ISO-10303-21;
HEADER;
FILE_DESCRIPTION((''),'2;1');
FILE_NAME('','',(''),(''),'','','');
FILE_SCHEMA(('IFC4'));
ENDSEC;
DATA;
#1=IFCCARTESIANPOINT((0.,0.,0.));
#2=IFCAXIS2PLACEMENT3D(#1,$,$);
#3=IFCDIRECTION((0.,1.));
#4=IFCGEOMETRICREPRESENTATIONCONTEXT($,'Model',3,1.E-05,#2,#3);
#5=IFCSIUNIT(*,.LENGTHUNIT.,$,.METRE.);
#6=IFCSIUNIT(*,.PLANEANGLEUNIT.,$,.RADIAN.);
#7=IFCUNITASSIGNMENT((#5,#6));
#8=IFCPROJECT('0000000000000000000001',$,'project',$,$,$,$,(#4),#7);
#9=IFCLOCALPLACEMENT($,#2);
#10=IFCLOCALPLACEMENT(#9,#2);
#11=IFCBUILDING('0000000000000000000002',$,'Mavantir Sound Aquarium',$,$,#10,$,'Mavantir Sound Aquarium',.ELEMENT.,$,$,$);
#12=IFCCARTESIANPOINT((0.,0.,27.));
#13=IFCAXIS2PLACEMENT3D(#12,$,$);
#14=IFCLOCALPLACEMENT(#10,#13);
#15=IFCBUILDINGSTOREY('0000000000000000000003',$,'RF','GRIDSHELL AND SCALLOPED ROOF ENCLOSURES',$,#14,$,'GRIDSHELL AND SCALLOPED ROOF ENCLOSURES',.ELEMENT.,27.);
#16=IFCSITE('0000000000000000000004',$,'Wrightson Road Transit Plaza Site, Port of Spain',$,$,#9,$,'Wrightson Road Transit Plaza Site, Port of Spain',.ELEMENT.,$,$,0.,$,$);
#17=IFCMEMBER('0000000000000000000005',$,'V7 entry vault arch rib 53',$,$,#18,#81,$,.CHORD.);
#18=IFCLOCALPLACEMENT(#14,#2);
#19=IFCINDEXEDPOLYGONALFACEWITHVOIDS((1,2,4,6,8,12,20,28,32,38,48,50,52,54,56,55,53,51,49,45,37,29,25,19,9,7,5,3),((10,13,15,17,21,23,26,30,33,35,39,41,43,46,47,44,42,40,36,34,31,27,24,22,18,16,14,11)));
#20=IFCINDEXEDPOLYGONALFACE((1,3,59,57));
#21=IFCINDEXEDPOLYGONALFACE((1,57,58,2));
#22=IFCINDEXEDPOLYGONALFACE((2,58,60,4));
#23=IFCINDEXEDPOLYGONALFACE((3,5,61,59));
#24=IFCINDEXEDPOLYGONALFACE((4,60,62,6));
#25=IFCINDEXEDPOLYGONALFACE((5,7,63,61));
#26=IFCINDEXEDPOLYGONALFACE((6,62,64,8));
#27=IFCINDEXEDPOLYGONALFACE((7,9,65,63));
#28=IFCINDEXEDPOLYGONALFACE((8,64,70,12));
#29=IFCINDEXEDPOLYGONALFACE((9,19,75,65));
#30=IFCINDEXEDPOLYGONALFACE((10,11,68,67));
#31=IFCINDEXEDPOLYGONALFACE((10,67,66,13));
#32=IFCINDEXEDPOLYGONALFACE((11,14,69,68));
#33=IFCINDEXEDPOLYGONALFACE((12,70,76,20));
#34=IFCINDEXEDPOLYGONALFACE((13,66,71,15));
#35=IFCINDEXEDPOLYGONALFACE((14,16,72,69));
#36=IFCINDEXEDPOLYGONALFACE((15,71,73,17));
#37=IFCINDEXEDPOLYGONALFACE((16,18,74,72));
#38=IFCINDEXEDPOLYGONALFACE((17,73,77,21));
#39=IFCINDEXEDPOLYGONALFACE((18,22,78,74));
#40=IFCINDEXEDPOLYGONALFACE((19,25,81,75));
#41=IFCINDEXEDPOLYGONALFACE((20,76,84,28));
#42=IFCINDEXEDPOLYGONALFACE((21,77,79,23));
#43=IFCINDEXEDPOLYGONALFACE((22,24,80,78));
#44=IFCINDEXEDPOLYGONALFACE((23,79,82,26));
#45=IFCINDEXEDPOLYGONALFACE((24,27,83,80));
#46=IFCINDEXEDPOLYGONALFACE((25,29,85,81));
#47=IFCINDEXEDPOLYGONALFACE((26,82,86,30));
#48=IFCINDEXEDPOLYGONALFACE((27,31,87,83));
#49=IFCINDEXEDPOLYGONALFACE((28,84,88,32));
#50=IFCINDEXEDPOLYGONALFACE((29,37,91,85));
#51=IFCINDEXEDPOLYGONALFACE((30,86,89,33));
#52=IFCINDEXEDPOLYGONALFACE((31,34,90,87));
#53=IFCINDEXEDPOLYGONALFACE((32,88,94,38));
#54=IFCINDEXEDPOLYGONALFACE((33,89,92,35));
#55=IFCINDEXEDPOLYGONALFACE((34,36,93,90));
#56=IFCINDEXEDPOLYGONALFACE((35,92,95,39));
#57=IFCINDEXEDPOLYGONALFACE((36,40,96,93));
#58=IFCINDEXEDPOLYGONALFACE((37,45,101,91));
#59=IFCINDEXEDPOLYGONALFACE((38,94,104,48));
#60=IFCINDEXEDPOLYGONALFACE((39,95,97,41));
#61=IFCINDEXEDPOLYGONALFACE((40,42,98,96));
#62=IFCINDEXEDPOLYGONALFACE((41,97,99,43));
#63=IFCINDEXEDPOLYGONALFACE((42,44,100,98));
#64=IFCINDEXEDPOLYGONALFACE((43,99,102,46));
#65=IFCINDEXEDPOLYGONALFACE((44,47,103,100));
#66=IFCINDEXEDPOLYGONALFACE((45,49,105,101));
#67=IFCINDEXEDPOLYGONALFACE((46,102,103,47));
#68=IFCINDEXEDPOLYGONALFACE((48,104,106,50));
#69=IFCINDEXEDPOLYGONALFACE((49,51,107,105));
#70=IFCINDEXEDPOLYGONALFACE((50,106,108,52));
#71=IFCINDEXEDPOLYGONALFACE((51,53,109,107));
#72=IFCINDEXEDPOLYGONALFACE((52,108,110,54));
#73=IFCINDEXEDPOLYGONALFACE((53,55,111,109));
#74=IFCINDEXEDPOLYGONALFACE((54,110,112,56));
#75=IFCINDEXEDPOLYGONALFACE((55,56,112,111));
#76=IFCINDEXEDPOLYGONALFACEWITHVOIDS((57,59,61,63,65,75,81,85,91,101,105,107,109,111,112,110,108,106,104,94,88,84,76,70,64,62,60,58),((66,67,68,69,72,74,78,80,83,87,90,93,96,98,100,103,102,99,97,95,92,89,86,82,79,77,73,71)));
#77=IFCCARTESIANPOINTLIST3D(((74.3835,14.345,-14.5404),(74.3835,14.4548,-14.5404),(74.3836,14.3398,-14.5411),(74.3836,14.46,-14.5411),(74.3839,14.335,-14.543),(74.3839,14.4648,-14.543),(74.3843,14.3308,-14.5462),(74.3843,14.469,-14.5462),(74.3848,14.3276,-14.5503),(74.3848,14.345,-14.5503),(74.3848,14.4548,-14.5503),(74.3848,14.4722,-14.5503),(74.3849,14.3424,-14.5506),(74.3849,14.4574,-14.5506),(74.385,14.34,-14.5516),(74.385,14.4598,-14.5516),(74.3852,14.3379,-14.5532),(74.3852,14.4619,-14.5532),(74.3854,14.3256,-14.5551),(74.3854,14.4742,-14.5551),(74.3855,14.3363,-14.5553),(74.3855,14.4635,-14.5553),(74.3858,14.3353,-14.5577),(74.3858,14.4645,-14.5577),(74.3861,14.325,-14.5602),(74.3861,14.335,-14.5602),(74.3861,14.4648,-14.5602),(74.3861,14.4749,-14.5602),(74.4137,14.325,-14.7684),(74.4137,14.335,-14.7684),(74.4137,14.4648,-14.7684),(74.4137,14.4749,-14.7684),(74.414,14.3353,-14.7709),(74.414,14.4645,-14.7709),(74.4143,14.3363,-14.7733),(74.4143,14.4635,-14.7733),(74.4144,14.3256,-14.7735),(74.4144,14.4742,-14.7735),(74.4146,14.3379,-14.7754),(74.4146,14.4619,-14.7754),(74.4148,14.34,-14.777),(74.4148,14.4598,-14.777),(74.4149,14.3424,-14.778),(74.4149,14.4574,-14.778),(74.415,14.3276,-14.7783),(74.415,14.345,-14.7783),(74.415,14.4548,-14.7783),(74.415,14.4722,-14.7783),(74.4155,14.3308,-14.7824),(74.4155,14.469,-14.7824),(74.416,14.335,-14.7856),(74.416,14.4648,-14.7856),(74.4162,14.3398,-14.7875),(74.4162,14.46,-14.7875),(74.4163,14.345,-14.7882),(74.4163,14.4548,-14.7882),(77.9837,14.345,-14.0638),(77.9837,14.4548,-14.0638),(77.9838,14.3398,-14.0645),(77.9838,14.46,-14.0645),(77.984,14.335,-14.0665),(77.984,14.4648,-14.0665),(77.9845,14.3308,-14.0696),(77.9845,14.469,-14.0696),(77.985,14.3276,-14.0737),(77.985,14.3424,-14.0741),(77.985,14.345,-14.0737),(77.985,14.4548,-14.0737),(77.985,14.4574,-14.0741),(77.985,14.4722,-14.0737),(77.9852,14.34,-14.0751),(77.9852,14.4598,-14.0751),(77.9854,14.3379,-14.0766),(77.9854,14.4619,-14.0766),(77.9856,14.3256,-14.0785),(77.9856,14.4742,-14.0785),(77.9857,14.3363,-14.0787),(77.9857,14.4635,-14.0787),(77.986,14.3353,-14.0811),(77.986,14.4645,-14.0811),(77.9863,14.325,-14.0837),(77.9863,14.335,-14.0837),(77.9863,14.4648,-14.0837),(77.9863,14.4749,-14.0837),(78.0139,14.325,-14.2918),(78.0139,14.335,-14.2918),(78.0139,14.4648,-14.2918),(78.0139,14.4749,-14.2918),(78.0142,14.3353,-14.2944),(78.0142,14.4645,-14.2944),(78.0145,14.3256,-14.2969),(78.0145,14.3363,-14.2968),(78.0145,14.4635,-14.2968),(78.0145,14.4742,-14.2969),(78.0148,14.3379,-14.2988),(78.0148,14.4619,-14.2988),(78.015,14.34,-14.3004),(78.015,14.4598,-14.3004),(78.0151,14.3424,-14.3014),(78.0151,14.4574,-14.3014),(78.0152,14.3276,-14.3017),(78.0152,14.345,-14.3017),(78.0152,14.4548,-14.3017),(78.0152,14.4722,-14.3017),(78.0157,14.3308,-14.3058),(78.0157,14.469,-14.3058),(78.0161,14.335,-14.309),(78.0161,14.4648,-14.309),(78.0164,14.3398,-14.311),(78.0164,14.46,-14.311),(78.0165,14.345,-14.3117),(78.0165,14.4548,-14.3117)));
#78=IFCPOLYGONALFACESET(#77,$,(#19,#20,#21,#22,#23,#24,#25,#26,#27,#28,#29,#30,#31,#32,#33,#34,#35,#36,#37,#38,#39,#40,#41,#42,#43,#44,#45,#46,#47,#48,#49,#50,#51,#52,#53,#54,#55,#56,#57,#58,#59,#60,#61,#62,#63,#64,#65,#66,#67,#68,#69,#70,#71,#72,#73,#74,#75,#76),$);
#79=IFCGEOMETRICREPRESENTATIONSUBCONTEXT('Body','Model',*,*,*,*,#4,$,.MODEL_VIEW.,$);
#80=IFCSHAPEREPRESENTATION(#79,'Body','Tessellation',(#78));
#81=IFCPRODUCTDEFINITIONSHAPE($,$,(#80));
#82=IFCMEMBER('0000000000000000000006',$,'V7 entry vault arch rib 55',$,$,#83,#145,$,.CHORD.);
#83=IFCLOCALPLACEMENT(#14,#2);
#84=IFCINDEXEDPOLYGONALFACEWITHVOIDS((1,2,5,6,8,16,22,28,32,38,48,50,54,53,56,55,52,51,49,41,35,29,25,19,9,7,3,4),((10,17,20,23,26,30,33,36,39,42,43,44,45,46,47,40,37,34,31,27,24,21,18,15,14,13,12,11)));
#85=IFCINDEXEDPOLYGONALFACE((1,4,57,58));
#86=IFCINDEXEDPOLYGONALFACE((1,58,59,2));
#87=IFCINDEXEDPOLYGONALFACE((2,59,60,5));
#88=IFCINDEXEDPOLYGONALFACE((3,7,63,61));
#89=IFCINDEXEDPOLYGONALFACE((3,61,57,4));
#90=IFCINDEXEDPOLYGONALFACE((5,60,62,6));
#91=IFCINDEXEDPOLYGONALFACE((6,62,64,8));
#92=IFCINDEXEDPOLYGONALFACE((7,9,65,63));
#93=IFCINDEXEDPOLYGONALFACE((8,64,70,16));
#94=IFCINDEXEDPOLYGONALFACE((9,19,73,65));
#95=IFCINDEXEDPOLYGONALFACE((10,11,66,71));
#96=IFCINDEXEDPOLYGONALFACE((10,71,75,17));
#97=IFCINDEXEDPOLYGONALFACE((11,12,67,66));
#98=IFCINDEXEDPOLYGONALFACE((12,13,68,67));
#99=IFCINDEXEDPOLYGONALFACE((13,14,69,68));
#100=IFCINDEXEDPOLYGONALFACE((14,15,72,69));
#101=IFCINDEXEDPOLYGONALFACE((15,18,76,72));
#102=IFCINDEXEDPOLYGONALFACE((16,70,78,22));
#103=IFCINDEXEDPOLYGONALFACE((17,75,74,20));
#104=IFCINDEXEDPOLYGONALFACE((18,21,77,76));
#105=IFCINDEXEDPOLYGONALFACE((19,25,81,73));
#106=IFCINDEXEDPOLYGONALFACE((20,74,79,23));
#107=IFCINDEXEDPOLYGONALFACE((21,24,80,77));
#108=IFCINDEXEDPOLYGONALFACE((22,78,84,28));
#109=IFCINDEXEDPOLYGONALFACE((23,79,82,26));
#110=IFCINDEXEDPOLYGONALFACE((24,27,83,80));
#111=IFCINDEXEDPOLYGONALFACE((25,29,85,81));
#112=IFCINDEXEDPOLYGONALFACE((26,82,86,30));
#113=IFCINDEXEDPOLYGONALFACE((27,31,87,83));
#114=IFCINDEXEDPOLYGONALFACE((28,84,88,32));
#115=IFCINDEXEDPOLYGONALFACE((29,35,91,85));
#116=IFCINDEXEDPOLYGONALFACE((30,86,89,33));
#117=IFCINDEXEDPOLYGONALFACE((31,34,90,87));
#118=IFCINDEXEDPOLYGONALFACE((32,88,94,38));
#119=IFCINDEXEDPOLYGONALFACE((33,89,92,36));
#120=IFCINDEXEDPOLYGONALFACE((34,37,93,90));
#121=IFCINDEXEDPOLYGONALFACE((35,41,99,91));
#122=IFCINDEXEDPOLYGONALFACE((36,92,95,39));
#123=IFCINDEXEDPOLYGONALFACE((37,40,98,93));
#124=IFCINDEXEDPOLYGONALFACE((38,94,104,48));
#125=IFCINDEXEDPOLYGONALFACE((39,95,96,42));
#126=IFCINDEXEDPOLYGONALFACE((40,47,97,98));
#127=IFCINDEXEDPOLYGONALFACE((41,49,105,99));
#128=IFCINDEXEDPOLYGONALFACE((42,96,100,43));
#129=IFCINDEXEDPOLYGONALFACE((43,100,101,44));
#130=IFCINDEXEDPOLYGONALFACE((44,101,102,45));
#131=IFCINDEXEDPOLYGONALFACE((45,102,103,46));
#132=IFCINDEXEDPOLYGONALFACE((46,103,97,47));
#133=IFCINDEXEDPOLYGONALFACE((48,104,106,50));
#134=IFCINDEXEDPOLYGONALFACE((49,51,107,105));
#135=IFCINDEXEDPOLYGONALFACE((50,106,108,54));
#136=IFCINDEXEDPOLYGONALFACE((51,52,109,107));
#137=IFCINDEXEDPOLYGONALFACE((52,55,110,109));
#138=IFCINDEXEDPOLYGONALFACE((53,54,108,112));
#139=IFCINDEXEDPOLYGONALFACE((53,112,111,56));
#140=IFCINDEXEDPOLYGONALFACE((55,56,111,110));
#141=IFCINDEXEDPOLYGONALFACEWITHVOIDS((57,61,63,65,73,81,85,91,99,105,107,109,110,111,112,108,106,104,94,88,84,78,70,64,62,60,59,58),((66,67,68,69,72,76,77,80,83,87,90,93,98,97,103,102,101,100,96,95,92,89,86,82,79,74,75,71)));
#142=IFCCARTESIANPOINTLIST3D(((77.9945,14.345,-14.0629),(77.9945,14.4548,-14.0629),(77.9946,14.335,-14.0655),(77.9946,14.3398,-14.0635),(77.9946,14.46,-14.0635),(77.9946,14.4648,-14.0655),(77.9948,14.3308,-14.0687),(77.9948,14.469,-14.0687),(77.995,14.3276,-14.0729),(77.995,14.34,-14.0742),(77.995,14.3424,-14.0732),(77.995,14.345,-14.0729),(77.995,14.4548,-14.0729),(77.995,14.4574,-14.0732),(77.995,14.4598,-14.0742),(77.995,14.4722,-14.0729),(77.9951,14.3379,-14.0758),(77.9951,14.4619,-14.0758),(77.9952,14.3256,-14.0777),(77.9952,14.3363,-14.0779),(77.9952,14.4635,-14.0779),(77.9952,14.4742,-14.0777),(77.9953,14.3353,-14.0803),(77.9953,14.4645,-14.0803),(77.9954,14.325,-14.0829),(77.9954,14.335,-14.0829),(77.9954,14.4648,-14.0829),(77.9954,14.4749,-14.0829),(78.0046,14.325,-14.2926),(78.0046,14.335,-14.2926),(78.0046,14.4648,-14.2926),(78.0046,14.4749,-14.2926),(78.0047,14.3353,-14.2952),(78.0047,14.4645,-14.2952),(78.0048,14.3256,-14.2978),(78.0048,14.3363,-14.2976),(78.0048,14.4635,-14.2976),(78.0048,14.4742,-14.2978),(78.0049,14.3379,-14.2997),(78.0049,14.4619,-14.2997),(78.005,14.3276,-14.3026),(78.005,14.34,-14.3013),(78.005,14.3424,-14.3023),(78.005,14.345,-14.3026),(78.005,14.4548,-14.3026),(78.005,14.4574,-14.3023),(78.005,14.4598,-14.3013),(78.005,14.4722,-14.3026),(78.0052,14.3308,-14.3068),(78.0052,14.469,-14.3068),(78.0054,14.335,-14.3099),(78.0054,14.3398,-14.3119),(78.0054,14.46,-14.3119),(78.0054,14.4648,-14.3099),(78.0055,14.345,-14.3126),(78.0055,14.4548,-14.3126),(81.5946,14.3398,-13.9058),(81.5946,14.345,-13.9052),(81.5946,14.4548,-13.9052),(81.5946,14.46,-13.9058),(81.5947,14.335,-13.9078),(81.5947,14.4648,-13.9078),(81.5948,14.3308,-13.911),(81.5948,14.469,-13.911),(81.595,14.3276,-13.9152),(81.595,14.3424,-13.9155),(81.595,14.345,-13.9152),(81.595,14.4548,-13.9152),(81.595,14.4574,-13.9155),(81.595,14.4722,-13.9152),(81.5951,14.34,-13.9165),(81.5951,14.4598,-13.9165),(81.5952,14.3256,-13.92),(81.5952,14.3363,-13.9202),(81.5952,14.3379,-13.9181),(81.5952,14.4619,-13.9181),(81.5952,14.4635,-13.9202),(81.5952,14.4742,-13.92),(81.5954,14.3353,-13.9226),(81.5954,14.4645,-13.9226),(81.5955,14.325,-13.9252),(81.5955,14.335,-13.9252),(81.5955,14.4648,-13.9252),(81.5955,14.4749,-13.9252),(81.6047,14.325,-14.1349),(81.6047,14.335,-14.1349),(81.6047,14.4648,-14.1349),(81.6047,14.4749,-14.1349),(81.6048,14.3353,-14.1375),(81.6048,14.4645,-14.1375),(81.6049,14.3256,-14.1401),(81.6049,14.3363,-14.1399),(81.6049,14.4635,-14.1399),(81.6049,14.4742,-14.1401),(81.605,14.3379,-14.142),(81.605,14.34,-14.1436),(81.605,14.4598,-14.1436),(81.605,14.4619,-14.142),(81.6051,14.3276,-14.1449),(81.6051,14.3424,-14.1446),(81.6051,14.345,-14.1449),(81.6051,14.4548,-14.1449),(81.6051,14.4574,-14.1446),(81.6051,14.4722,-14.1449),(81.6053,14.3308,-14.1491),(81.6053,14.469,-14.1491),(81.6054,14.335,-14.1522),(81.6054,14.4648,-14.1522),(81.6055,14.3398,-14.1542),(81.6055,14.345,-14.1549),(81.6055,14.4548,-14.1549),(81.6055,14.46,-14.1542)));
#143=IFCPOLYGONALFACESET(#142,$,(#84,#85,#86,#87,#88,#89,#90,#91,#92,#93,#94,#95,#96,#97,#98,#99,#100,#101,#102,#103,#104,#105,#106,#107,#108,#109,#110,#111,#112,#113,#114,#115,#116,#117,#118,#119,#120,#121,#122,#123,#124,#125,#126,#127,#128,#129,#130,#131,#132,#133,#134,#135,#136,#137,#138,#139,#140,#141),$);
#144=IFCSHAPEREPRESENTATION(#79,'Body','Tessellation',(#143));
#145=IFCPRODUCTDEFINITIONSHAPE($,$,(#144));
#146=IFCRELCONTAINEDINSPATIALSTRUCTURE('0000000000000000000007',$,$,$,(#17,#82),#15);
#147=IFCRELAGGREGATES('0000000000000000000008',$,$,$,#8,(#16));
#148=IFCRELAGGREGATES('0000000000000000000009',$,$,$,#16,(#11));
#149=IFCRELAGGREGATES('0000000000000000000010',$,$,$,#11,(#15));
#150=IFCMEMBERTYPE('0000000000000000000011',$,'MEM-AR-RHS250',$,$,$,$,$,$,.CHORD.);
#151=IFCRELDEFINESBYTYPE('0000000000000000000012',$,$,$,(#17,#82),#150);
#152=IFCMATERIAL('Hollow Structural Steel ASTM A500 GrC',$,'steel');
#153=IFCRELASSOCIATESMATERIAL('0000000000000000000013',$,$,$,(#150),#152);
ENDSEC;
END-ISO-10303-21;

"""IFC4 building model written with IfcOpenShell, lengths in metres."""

from ifc_helpers import new_model, si_unit, direction, frame, origin, origin_2d, place, context, subcontext, project, spatial, hollow_rectangle, extrude, material, material_profile, profile_set, type_object, element, save


model = new_model("IFC4")

# Units and contexts
model_context = context("Model", 3, precision=1e-05, world=origin(), true_north=direction((0.0, 1.0)))
body_context = subcontext(model_context, "Body", "Model", "MODEL_VIEW")
ifc_project = project(units=[si_unit("LENGTHUNIT", "METRE"), si_unit("PLANEANGLEUNIT", "RADIAN")], contexts=[model_context])

# Site, building, storey
site_placement = place(None, origin())
site = spatial("IfcSite", under=ifc_project, at=site_placement, Name="Wrightson Road Transit Plaza Site, Port of Spain", LongName="Wrightson Road Transit Plaza Site, Port of Spain", CompositionType="ELEMENT", RefElevation=0.0)
building_placement = place(site_placement, origin())
building = spatial("IfcBuilding", under=site, at=building_placement, Name="Mavantir Sound Aquarium", LongName="Mavantir Sound Aquarium", CompositionType="ELEMENT")
storey_placement = place(building_placement, frame((0.0, 0.0, 27.0)))
storey = spatial("IfcBuildingStorey", under=building, at=storey_placement, Name="RF", Description="GRIDSHELL AND SCALLOPED ROOF ENCLOSURES", LongName="GRIDSHELL AND SCALLOPED ROOF ENCLOSURES", CompositionType="ELEMENT", Elevation=27.0)

# Members
ifc_material_1 = material(Name="Hollow Structural Steel ASTM A500 GrC", Category="steel")
ifc_material_profile_1 = material_profile(ifc_material_1, hollow_rectangle(XDim=0.1499, YDim=0.25, WallThickness=0.01, InnerFilletRadius=0.01, OuterFilletRadius=0.02, at=origin_2d()), Name="RHS 250X150X10")
ifc_profile_set_1 = profile_set([ifc_material_profile_1], Name="Hollow Structural Steel ASTM A500 GrC")
member_type_1 = type_object("IfcMemberType", Name="MEM-AR-RHS250", PredefinedType="CHORD", material=ifc_profile_set_1)
member_1_placement = place(storey_placement, frame((74.3999, 14.3999, -14.6643), z_axis=(0.991352, 0.0, 0.13123), x_axis=(0.0, 1.0, 0.0)))
element("IfcMember", 1, at=member_1_placement, inside=storey, type_object=member_type_1, Name="V7 entry vault arch rib 53", PredefinedType="CHORD", context=body_context, shape_type="SweptSolid", body=[
    extrude(hollow_rectangle(XDim=0.1499, YDim=0.25, WallThickness=0.01, InnerFilletRadius=0.01, OuterFilletRadius=0.02, at=origin_2d()), origin(), (0.0, 0.0, 1.0), 3.6316),
])
member_2_placement = place(storey_placement, frame((78.0, 14.3999, -14.1877), z_axis=(0.999042, 0.0, 0.043767), x_axis=(0.0, 1.0, 0.0)))
element("IfcMember", 2, at=member_2_placement, inside=storey, type_object=member_type_1, Name="V7 entry vault arch rib 55", PredefinedType="CHORD", context=body_context, shape_type="SweptSolid", body=[
    extrude(hollow_rectangle(XDim=0.1499, YDim=0.25, WallThickness=0.01, InnerFilletRadius=0.01, OuterFilletRadius=0.02, at=origin_2d()), origin(), (0.0, 0.0, 1.0), 3.6035),
])

save(model, "model.ifc")
